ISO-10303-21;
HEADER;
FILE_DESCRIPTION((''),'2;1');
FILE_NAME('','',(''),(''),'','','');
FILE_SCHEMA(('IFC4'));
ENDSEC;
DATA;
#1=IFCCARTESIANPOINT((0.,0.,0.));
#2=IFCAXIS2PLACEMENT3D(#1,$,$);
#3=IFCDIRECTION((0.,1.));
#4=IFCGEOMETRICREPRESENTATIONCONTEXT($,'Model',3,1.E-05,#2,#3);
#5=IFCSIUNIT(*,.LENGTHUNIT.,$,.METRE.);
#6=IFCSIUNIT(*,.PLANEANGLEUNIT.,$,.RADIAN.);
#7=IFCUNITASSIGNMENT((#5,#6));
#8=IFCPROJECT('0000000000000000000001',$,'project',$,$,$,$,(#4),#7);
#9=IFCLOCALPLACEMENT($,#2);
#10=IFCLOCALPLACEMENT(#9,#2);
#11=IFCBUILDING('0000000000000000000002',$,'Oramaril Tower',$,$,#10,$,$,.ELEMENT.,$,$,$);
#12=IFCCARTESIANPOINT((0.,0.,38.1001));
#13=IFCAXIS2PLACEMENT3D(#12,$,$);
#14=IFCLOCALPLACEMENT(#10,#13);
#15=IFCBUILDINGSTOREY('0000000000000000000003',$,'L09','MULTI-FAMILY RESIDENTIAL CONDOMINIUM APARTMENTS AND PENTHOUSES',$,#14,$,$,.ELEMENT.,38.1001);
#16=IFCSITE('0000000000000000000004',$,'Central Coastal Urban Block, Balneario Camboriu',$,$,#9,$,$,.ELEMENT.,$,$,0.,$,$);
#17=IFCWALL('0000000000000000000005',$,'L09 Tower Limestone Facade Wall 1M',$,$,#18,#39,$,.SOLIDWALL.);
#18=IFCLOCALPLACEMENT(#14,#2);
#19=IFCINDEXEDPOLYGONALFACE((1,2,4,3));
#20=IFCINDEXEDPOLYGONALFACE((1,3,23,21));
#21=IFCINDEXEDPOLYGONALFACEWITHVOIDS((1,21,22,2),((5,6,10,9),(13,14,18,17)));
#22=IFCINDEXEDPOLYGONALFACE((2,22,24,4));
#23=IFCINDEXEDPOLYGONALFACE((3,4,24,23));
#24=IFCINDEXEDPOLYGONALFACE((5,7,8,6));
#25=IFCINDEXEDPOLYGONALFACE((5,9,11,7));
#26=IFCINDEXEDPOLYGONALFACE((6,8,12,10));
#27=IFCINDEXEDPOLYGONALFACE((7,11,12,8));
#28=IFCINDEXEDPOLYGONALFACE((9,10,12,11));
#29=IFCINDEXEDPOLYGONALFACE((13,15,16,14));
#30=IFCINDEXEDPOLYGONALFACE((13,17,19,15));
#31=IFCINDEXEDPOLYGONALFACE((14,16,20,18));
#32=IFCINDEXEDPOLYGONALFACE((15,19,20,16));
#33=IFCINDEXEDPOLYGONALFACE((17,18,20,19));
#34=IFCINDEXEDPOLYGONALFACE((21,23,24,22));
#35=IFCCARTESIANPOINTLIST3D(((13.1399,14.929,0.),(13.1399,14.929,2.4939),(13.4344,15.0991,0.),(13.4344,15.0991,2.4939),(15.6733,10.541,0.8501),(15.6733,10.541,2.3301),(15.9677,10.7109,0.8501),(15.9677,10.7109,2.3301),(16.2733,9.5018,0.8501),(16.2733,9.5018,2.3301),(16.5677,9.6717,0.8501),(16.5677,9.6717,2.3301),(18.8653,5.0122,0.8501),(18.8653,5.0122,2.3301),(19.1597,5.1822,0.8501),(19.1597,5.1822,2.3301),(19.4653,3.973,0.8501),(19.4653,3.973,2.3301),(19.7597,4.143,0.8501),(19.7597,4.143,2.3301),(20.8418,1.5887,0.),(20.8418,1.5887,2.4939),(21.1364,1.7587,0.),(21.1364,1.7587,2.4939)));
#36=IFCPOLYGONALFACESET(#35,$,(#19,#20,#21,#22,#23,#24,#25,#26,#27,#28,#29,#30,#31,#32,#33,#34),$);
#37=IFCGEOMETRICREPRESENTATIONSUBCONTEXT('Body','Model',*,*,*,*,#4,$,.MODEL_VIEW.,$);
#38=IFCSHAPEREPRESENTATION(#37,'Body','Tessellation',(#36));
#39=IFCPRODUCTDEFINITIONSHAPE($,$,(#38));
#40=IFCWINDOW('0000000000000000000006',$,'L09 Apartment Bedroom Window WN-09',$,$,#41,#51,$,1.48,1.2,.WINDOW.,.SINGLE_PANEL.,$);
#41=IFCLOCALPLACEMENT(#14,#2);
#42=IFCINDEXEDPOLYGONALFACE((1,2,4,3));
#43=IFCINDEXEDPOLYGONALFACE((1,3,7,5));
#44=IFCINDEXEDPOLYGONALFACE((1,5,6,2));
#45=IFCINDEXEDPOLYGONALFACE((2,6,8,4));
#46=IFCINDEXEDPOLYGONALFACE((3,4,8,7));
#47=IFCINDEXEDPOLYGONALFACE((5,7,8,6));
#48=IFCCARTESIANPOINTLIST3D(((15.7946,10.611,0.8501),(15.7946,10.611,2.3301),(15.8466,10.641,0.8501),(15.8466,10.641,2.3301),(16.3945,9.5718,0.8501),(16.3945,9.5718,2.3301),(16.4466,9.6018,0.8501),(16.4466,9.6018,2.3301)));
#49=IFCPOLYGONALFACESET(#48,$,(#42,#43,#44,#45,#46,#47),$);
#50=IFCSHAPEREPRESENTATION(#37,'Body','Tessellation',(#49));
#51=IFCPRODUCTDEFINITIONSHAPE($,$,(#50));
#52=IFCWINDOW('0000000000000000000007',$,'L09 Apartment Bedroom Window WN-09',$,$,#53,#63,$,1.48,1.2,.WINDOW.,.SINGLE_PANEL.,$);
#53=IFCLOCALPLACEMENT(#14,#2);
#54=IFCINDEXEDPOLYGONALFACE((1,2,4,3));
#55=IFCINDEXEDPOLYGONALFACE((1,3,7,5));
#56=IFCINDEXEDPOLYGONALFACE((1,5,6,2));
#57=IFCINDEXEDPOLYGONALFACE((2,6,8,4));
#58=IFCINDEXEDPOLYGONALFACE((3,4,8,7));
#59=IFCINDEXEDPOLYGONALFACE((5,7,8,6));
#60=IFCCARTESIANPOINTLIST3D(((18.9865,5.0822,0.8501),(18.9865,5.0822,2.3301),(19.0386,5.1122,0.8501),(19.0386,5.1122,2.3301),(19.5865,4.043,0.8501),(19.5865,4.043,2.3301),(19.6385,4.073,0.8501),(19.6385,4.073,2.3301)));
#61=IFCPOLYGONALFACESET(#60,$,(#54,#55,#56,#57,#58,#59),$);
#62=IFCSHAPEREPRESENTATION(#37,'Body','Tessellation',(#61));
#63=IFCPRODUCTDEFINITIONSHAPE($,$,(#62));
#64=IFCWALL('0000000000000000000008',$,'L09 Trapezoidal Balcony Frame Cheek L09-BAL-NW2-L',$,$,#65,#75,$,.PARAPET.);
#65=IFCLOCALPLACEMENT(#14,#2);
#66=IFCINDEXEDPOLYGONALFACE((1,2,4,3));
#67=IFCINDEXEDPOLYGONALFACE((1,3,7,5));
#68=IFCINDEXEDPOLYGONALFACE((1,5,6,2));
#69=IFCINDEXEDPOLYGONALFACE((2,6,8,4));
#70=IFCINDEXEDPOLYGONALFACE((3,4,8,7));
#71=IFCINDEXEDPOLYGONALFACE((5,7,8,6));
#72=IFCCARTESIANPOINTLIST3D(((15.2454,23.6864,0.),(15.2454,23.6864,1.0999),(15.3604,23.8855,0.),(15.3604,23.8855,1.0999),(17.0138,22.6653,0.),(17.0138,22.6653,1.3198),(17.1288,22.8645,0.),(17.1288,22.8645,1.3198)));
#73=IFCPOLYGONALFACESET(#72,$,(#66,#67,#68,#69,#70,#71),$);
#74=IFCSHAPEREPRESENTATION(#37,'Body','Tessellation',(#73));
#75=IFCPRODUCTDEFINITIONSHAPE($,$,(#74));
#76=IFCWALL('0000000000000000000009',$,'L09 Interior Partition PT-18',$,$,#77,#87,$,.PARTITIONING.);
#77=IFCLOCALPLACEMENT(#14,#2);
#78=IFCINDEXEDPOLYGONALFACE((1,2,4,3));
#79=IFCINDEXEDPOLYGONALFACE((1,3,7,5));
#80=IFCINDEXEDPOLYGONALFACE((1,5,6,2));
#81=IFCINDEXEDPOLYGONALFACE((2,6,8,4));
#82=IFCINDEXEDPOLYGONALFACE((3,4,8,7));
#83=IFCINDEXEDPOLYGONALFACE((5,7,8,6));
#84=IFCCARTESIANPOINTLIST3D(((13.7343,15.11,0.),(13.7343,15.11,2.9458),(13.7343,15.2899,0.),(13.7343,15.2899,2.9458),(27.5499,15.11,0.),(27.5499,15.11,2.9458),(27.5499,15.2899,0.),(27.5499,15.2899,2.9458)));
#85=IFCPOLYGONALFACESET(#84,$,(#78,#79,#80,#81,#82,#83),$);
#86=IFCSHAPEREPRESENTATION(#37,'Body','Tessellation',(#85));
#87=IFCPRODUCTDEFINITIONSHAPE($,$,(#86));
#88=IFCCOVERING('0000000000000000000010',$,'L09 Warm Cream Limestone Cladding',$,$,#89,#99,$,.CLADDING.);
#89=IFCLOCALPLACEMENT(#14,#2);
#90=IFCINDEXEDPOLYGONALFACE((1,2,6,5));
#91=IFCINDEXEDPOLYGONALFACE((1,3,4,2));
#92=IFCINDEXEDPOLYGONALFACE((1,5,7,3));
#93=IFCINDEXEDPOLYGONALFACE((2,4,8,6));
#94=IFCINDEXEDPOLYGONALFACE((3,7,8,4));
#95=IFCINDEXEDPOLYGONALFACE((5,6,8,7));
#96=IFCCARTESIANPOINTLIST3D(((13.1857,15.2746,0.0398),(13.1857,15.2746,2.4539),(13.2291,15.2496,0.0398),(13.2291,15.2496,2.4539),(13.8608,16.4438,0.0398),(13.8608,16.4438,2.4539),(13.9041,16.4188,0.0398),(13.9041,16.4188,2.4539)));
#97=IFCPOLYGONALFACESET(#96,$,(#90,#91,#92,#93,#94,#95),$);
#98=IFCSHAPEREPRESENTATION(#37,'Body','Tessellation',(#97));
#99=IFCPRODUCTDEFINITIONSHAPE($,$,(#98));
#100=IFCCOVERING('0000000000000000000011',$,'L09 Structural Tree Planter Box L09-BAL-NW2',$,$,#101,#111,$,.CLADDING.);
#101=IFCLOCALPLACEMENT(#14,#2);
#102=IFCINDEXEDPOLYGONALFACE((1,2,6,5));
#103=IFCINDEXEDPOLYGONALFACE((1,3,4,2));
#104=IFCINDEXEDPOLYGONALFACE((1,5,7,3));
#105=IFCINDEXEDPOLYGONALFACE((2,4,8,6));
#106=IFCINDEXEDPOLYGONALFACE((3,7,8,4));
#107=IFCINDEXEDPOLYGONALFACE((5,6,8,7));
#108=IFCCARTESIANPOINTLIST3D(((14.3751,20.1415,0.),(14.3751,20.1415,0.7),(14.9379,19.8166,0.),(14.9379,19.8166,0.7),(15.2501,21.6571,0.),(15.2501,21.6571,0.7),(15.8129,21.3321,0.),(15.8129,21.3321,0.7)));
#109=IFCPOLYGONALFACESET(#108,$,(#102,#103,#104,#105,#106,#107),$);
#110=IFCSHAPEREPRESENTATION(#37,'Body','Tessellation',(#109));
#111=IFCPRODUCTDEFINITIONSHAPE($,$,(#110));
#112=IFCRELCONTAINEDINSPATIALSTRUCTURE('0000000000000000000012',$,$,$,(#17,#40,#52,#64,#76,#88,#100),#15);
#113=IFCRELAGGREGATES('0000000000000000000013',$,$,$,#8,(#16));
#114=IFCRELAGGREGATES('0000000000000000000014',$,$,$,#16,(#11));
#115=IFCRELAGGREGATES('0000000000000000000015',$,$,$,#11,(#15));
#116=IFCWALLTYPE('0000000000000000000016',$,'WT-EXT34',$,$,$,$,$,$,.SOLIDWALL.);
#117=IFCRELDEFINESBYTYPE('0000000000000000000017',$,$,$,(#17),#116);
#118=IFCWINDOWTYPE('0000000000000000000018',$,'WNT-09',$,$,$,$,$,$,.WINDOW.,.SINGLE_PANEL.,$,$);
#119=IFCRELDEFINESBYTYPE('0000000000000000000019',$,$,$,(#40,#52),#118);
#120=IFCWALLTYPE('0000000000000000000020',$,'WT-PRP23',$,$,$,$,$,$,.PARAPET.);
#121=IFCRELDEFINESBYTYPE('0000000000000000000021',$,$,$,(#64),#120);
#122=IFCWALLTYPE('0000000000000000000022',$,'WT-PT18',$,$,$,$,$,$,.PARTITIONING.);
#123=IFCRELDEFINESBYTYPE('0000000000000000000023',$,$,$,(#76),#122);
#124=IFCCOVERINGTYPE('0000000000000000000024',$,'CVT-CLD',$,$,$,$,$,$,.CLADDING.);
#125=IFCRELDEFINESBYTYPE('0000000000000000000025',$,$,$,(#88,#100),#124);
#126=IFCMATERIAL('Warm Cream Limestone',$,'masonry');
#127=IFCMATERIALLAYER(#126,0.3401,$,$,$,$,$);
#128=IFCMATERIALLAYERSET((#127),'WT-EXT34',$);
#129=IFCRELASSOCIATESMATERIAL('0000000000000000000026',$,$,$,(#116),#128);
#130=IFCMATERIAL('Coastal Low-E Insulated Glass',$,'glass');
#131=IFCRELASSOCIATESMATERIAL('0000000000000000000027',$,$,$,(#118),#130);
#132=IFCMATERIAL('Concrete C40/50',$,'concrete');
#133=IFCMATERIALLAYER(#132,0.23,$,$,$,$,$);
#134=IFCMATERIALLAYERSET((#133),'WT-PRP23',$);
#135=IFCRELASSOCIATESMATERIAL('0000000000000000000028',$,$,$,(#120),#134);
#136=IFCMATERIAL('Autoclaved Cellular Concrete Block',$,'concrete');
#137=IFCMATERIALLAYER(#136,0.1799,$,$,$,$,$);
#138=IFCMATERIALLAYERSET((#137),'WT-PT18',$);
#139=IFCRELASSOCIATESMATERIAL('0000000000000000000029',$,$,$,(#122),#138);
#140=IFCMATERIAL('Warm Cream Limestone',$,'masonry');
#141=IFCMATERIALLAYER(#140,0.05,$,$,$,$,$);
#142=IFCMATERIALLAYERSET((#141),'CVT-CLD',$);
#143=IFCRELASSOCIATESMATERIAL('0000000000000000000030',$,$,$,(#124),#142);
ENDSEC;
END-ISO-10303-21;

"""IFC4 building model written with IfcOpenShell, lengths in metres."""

from ifc_helpers import new_model, si_unit, direction, frame, frame_2d, origin, origin_2d, place, context, subcontext, project, spatial, polyline, rectangle, outline, extrude, material, layer, layer_set, type_object, element, fill, save


model = new_model("IFC4")

# Units and contexts
model_context = context("Model", 3, precision=1e-05, world=origin(), true_north=direction((0.0, 1.0)))
body_context = subcontext(model_context, "Body", "Model", "MODEL_VIEW")
ifc_project = project(units=[si_unit("LENGTHUNIT", "METRE"), si_unit("PLANEANGLEUNIT", "RADIAN")], contexts=[model_context])

# Site, building, storey
site_placement = place(None, origin())
site = spatial("IfcSite", under=ifc_project, at=site_placement, Name="Central Coastal Urban Block, Balneario Camboriu", CompositionType="ELEMENT", RefElevation=0.0)
building_placement = place(site_placement, origin())
building = spatial("IfcBuilding", under=site, at=building_placement, Name="Oramaril Tower", CompositionType="ELEMENT")
storey_placement = place(building_placement, frame((0.0, 0.0, 38.1001)))
storey = spatial("IfcBuildingStorey", under=building, at=storey_placement, Name="L09", Description="MULTI-FAMILY RESIDENTIAL CONDOMINIUM APARTMENTS AND PENTHOUSES", CompositionType="ELEMENT", Elevation=38.1001)

# Wall, openings, windows
ifc_material_1 = material(Name="Warm Cream Limestone", Category="masonry")
ifc_layer_1 = layer(ifc_material_1, 0.3401)
ifc_layer_set_1 = layer_set([ifc_layer_1], Name="WT-EXT34")
wall_type_1 = type_object("IfcWallType", Name="WT-EXT34", PredefinedType="SOLIDWALL", material=ifc_layer_set_1)
wall_1_placement = place(storey_placement, frame((13.2871, 15.0142, 0.0), z_axis=(0.0, 0.0, 1.0), x_axis=(0.499993, -0.866029, 0.0)))
wall_1 = element("IfcWall", 1, at=wall_1_placement, inside=storey, type_object=wall_type_1, Name="L09 Tower Limestone Facade Wall 1M", PredefinedType="SOLIDWALL", context=body_context, shape_type="SweptSolid", body=[
    extrude(rectangle(XDim=15.4041, YDim=0.3401, at=frame_2d((7.7021, 0.0))), origin(), (0.0, 0.0, 1.0), 2.4939),
])
opening_1_placement = place(wall_1_placement, frame((5.0669, 0.0, 0.8501)))
opening_1 = element("IfcOpeningElement", 2, at=opening_1_placement, cuts=wall_1, PredefinedType="OPENING", context=body_context, shape_type="SweptSolid", body=[
    extrude(rectangle(XDim=1.2, YDim=1.48, at=frame_2d((0.6001, 0.74))), frame((0.0, 0.1699, 0.0), z_axis=(0.0, -1.0, 0.0), x_axis=(1.0, 0.0, 0.0)), (0.0, 0.0, 1.0), 0.3401),
])
opening_2_placement = place(wall_1_placement, frame((11.4509, 0.0, 0.8501)))
opening_2 = element("IfcOpeningElement", 3, at=opening_2_placement, cuts=wall_1, PredefinedType="OPENING", context=body_context, shape_type="SweptSolid", body=[
    extrude(rectangle(XDim=1.2, YDim=1.48, at=frame_2d((0.6001, 0.74))), frame((0.0, 0.1699, 0.0), z_axis=(0.0, -1.0, 0.0), x_axis=(1.0, 0.0, 0.0)), (0.0, 0.0, 1.0), 0.3401),
])
ifc_material_2 = material(Name="Coastal Low-E Insulated Glass", Category="glass")
window_type = type_object("IfcWindowType", Name="WNT-09", PartitioningType="SINGLE_PANEL", PredefinedType="WINDOW", material=ifc_material_2)
window_1_placement = place(opening_1_placement, origin())
window_1 = element("IfcWindow", 4, at=window_1_placement, inside=storey, type_object=window_type, Name="L09 Apartment Bedroom Window WN-09", OverallHeight=1.48, OverallWidth=1.2, PartitioningType="SINGLE_PANEL", PredefinedType="WINDOW", context=body_context, shape_type="SweptSolid", body=[
    extrude(rectangle(XDim=1.2, YDim=1.48, at=frame_2d((0.6001, 0.74))), frame((0.0, 0.03, 0.0), z_axis=(0.0, -1.0, 0.0), x_axis=(1.0, 0.0, 0.0)), (0.0, 0.0, 1.0), 0.0601),
])
fill(opening_1, window_1)
window_2_placement = place(opening_2_placement, origin())
window_2 = element("IfcWindow", 5, at=window_2_placement, inside=storey, type_object=window_type, Name="L09 Apartment Bedroom Window WN-09", OverallHeight=1.48, OverallWidth=1.2, PartitioningType="SINGLE_PANEL", PredefinedType="WINDOW", context=body_context, shape_type="SweptSolid", body=[
    extrude(rectangle(XDim=1.2, YDim=1.48, at=frame_2d((0.6001, 0.74))), frame((0.0, 0.03, 0.0), z_axis=(0.0, -1.0, 0.0), x_axis=(1.0, 0.0, 0.0)), (0.0, 0.0, 1.0), 0.0601),
])
fill(opening_2, window_2)

# Walls
ifc_material_3 = material(Name="Concrete C40/50", Category="concrete")
ifc_layer_2 = layer(ifc_material_3, 0.23)
ifc_layer_set_2 = layer_set([ifc_layer_2], Name="WT-PRP23")
wall_type_2 = type_object("IfcWallType", Name="WT-PRP23", PredefinedType="PARAPET", material=ifc_layer_set_2)
wall_2_placement = place(storey_placement, frame((17.0713, 22.7649, 0.0), z_axis=(0.0, 0.0, 1.0), x_axis=(-0.866012, 0.500023, 0.0)))
element("IfcWall", 6, at=wall_2_placement, inside=storey, type_object=wall_type_2, Name="L09 Trapezoidal Balcony Frame Cheek L09-BAL-NW2-L", PredefinedType="PARAPET", context=body_context, shape_type="SweptSolid", body=[
    extrude(outline(polyline([(0.0, 0.0), (2.042, 0.0), (2.042, 1.0999), (0.0, 1.3198), (0.0, 0.0)])), frame((0.0, 0.115, 0.0), z_axis=(0.0, -1.0, 0.0), x_axis=(1.0, 0.0, 0.0)), (0.0, 0.0, 1.0), 0.23),
])
ifc_material_4 = material(Name="Autoclaved Cellular Concrete Block", Category="concrete")
ifc_layer_3 = layer(ifc_material_4, 0.1799)
ifc_layer_set_3 = layer_set([ifc_layer_3], Name="WT-PT18")
wall_type_3 = type_object("IfcWallType", Name="WT-PT18", PredefinedType="PARTITIONING", material=ifc_layer_set_3)
wall_3_placement = place(storey_placement, frame((13.7344, 15.2, 0.0), z_axis=(0.0, 0.0, 1.0), x_axis=(1.0, 0.0, 0.0)))
element("IfcWall", 7, at=wall_3_placement, inside=storey, type_object=wall_type_3, Name="L09 Interior Partition PT-18", PredefinedType="PARTITIONING", context=body_context, shape_type="SweptSolid", body=[
    extrude(rectangle(XDim=13.8157, YDim=0.1799, at=frame_2d((6.9077, 0.0))), origin(), (0.0, 0.0, 1.0), 2.9458),
])

# Coverings
ifc_material_5 = material(Name="Warm Cream Limestone", Category="masonry")
ifc_layer_4 = layer(ifc_material_5, 0.05)
ifc_layer_set_4 = layer_set([ifc_layer_4], Name="CVT-CLD")
covering_type = type_object("IfcCoveringType", Name="CVT-CLD", PredefinedType="CLADDING", material=ifc_layer_set_4)
covering_1_placement = place(storey_placement, frame((13.5449, 15.8467, 0.0398), z_axis=(0.0, 0.0, 1.0), x_axis=(-0.499998, -0.866026, 0.0)))
element("IfcCovering", 8, at=covering_1_placement, inside=storey, type_object=covering_type, Name="L09 Warm Cream Limestone Cladding", PredefinedType="CLADDING", context=body_context, shape_type="SweptSolid", body=[
    extrude(rectangle(XDim=1.3501, YDim=0.05, at=origin_2d()), origin(), (0.0, 0.0, 1.0), 2.4141),
])
covering_2_placement = place(storey_placement, frame((15.094, 20.7368, 0.0), z_axis=(0.0, 0.0, 1.0), x_axis=(-0.499998, -0.866026, 0.0)))
element("IfcCovering", 9, at=covering_2_placement, inside=storey, type_object=covering_type, Name="L09 Structural Tree Planter Box L09-BAL-NW2", PredefinedType="CLADDING", context=body_context, shape_type="SweptSolid", body=[
    extrude(rectangle(XDim=1.75, YDim=0.6499, at=origin_2d()), origin(), (0.0, 0.0, 1.0), 0.7),
])

save(model, "model.ifc")
